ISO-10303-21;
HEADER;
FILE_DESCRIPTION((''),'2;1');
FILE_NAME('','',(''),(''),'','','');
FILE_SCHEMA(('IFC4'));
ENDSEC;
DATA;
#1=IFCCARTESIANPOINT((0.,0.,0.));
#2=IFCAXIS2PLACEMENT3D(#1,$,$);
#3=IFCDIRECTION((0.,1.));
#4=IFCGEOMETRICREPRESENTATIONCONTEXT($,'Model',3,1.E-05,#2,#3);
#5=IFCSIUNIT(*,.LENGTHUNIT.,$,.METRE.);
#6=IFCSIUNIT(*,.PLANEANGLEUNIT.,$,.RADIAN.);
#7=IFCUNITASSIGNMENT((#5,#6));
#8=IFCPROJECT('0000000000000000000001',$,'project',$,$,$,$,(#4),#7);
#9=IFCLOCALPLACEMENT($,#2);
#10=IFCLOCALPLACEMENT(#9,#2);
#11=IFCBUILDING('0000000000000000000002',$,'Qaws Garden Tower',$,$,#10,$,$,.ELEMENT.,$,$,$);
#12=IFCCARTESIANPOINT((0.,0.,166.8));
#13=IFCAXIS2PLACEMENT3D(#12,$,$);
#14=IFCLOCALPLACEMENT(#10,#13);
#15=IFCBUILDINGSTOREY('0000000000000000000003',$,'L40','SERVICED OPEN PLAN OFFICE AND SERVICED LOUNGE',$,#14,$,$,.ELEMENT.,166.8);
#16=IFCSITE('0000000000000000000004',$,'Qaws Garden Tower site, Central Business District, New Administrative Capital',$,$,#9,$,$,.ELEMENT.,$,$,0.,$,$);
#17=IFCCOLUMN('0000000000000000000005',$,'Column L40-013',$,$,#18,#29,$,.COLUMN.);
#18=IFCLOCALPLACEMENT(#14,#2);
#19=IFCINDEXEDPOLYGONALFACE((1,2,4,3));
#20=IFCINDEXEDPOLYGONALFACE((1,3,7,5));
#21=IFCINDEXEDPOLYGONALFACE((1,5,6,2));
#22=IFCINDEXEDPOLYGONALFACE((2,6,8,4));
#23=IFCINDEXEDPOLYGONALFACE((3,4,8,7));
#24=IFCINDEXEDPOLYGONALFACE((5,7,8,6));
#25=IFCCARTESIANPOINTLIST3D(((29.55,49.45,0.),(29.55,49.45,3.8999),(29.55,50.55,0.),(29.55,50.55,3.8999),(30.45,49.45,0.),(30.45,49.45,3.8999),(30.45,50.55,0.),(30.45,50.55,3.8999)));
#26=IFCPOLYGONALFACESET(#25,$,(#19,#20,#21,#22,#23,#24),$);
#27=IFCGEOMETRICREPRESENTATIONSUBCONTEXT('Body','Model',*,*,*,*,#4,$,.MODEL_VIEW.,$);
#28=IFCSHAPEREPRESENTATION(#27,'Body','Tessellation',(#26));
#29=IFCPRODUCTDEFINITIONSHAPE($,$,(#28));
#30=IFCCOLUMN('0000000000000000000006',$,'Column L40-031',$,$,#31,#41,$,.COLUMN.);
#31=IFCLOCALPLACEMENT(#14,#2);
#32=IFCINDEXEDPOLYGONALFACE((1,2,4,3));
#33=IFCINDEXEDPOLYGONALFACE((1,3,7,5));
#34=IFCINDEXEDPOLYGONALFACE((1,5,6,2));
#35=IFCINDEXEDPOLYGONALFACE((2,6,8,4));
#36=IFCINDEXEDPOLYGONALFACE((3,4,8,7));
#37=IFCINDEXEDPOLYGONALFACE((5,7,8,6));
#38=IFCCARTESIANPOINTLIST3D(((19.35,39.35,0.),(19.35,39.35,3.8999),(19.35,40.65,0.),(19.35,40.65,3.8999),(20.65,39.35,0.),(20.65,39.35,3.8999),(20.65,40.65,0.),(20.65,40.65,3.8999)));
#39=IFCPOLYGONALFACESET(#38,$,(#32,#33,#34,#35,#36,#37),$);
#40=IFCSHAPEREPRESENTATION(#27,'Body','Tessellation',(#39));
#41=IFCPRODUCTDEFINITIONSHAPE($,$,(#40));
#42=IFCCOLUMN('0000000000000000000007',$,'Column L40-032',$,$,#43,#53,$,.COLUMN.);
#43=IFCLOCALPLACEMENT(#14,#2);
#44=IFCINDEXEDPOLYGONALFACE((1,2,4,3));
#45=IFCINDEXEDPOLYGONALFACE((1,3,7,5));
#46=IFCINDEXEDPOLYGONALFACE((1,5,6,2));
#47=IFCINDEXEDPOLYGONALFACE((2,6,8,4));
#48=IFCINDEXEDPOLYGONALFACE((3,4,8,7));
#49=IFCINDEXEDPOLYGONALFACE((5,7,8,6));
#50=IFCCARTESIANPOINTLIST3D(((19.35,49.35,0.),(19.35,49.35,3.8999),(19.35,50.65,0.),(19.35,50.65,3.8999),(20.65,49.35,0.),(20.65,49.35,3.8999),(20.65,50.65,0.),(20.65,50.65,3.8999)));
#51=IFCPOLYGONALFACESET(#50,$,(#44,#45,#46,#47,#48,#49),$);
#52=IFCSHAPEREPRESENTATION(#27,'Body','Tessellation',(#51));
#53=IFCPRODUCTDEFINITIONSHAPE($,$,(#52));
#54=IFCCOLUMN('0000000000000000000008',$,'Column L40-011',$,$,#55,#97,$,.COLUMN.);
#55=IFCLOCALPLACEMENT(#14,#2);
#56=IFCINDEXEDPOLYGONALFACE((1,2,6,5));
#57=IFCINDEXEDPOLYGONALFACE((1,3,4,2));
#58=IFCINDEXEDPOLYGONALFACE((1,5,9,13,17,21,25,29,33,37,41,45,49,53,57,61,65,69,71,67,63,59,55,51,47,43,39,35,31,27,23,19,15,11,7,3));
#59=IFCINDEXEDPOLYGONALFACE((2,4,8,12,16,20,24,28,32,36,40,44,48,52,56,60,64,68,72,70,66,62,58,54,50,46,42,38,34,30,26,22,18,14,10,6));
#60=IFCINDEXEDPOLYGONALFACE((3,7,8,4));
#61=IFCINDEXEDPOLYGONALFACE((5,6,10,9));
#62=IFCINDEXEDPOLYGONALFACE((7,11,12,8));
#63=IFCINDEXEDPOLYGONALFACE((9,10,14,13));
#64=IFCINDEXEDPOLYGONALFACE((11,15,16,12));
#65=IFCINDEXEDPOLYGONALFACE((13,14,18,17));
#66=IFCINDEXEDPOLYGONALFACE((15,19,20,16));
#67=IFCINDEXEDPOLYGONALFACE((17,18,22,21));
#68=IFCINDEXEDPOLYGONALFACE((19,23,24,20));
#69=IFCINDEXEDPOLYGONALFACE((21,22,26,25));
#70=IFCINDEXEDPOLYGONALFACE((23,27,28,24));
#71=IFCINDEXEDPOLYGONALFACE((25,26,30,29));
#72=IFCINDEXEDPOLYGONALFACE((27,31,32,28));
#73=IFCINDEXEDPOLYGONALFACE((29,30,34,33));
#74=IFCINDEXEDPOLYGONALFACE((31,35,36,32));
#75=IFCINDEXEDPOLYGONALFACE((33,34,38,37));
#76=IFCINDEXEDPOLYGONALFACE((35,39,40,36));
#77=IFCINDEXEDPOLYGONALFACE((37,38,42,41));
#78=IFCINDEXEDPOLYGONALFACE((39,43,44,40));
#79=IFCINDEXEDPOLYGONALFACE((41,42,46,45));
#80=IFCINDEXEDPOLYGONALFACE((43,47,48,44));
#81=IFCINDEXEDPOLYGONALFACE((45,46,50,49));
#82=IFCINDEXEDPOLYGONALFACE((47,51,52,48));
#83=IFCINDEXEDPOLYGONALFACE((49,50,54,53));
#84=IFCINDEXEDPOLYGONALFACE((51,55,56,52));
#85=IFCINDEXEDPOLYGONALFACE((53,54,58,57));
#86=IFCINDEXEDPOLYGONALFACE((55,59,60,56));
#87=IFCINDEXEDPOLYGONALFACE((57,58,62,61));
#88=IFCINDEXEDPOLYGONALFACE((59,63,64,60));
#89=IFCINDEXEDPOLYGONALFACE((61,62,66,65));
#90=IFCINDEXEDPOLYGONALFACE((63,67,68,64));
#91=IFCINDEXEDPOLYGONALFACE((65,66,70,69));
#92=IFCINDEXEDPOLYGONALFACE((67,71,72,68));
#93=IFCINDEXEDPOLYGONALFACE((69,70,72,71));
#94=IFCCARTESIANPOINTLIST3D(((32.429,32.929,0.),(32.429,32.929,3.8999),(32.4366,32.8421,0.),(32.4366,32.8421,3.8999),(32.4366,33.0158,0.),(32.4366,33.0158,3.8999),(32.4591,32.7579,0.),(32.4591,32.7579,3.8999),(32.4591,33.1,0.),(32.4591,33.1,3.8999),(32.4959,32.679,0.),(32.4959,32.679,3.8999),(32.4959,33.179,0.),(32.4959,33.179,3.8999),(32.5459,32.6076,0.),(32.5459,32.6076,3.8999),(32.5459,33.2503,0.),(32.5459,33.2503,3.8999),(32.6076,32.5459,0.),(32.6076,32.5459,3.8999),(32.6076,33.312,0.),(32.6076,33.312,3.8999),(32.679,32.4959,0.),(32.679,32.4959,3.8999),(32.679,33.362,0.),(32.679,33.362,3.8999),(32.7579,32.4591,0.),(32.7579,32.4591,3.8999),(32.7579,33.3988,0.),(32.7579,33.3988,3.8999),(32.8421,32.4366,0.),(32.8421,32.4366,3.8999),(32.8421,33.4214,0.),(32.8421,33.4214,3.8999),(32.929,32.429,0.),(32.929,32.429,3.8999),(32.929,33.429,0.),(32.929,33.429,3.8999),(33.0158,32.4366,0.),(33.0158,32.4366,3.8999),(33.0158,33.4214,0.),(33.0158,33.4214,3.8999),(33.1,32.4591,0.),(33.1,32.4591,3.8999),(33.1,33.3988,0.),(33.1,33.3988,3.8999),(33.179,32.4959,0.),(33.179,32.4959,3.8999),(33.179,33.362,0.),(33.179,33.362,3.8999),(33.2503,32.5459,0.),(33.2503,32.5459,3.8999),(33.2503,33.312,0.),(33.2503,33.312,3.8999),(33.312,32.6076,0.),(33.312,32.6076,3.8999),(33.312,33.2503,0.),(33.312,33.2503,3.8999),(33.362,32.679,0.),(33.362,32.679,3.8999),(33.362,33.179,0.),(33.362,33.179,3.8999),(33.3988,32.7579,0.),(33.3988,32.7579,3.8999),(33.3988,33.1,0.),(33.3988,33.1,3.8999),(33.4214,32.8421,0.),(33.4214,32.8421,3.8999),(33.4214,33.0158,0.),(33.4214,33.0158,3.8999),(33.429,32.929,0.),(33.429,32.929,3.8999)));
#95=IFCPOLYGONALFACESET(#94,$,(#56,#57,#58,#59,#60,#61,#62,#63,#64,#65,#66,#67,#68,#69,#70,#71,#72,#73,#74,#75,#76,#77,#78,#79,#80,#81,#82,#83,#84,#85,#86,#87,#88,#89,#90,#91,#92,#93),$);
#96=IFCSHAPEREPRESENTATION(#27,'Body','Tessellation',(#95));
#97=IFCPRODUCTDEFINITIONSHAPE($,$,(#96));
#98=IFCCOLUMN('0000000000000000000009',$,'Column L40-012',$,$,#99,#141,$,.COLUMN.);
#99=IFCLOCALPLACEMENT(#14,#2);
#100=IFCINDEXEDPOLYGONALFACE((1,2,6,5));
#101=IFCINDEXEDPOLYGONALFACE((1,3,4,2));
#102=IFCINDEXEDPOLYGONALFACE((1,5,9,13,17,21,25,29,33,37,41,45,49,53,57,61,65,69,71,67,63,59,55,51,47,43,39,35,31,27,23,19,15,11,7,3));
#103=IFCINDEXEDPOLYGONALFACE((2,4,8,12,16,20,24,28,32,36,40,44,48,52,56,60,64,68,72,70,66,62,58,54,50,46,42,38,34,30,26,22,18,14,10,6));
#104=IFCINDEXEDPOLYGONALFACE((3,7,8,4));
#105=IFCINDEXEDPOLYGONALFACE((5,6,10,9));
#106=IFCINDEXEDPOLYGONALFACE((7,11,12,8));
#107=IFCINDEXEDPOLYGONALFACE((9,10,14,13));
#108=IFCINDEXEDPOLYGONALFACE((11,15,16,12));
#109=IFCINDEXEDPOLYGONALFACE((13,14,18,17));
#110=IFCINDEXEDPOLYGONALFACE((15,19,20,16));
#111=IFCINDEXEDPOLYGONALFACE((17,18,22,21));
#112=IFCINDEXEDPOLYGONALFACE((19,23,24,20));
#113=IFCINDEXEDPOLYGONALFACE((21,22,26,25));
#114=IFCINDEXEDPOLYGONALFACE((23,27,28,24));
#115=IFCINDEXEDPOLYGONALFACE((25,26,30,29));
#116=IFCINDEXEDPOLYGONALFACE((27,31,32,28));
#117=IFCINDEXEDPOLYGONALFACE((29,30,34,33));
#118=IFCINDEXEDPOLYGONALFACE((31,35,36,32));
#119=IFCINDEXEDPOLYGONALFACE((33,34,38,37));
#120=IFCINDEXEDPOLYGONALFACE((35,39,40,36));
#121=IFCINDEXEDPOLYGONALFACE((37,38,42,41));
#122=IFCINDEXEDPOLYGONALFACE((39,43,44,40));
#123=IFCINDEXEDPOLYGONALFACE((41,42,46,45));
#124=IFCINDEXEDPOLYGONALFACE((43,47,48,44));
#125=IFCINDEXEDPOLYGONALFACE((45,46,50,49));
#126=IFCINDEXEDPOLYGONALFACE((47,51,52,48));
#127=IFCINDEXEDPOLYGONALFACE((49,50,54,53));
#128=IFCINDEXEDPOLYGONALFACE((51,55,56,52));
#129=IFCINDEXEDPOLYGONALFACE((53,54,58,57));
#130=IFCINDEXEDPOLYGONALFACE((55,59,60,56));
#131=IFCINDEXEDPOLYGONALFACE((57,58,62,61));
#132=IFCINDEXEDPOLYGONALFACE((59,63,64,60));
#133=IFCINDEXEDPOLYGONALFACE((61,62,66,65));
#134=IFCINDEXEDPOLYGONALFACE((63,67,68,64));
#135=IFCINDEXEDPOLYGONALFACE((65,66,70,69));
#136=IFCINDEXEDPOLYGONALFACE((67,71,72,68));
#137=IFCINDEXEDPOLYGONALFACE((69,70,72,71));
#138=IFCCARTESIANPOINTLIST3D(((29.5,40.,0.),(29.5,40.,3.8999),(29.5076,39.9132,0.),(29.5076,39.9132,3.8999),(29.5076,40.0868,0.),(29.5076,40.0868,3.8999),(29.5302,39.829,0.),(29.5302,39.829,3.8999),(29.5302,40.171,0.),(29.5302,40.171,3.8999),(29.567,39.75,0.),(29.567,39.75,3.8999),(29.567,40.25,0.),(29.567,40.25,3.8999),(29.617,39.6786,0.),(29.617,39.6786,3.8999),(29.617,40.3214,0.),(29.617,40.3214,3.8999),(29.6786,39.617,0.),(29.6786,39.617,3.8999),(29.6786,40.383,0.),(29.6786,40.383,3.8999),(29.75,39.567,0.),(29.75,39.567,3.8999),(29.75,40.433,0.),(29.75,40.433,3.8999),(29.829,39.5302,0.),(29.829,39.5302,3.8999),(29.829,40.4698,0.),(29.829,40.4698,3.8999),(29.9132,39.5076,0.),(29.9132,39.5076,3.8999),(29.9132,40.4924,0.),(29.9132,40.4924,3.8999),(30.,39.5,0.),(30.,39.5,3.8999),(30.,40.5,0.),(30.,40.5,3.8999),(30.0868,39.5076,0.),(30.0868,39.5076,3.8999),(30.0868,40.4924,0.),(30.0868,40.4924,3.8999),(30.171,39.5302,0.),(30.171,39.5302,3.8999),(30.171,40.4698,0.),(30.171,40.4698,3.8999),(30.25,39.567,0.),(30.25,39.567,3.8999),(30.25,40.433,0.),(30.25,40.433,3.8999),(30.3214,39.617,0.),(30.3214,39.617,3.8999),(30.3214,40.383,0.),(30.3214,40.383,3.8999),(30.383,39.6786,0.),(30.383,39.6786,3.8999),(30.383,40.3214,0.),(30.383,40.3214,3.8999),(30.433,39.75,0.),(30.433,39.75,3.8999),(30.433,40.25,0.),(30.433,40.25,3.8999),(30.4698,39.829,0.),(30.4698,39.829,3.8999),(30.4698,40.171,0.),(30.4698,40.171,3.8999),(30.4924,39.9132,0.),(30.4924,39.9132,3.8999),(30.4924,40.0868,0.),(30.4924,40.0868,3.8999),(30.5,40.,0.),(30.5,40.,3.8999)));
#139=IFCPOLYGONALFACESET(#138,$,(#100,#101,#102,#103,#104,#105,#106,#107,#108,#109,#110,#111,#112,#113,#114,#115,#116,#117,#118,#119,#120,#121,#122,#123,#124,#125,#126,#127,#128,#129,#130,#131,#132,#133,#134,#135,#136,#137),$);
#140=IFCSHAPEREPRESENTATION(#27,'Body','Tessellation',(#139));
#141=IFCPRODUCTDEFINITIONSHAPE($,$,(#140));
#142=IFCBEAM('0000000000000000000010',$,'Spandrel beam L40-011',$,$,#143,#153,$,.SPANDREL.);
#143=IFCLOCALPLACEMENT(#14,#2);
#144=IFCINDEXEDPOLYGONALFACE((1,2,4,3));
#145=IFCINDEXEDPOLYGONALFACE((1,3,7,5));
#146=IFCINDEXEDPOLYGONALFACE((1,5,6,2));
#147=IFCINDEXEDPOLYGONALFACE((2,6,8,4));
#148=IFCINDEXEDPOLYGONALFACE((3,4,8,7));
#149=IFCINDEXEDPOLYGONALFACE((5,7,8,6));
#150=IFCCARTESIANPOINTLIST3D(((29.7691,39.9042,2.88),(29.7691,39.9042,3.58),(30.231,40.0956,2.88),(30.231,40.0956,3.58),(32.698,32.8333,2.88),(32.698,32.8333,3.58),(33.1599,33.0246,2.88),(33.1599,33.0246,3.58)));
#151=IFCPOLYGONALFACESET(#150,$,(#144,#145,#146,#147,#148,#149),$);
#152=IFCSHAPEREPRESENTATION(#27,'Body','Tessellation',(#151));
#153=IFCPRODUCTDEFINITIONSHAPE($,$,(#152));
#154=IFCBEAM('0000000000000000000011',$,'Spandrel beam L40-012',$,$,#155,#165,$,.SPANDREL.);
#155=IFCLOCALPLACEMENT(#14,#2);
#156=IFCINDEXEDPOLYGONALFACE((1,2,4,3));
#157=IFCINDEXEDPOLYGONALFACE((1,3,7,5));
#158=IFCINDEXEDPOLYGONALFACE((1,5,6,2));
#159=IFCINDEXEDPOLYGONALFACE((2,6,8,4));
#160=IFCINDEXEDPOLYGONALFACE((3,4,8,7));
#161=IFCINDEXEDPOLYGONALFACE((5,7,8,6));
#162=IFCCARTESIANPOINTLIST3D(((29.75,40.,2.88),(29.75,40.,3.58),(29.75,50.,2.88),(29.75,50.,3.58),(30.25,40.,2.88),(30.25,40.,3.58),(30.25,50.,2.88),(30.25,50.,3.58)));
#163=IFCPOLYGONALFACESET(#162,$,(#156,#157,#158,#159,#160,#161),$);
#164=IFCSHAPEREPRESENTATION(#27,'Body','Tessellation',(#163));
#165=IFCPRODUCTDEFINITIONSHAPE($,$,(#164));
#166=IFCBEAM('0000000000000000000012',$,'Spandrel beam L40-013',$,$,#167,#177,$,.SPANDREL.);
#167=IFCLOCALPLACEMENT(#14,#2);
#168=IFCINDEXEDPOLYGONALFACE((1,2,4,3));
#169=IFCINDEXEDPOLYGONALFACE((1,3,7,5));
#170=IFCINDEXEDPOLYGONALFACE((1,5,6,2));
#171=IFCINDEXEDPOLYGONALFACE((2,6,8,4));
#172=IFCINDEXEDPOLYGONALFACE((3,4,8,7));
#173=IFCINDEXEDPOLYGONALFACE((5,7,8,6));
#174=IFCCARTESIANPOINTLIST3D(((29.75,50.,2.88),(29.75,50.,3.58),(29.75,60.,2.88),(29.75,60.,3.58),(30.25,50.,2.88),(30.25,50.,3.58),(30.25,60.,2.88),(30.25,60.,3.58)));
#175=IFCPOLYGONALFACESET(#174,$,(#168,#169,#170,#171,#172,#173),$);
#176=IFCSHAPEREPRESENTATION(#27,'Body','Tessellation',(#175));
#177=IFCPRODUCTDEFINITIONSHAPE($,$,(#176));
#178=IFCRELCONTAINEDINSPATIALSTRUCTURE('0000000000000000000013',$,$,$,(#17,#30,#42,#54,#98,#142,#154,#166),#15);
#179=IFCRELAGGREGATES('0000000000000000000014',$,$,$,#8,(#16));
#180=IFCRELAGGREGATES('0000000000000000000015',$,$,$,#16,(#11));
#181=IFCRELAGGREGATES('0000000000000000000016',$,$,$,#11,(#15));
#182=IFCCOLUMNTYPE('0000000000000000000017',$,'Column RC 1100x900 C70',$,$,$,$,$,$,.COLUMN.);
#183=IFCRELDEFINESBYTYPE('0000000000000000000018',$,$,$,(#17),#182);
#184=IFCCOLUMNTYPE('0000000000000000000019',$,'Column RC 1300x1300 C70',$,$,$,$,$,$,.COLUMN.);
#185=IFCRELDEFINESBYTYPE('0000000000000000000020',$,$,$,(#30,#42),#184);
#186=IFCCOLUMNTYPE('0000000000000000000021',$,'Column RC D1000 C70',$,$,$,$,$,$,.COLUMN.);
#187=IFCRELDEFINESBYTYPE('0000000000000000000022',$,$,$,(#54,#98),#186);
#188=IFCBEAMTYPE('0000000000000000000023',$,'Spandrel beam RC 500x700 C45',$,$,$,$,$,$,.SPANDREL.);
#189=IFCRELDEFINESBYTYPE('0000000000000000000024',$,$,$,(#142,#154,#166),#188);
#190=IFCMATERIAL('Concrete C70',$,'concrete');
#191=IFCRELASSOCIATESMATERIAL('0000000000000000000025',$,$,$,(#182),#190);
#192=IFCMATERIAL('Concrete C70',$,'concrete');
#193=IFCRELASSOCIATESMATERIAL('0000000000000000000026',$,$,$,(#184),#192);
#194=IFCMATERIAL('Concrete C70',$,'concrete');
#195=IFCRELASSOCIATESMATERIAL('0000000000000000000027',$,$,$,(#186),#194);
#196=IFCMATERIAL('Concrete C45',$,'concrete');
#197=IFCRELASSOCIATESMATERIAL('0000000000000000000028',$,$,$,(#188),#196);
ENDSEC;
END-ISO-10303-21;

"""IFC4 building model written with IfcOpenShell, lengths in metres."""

from ifc_helpers import new_model, si_unit, direction, frame, origin, origin_2d, place, context, subcontext, project, spatial, rectangle, circle, extrude, material, material_profile, profile_set, type_object, element, save


model = new_model("IFC4")

# Units and contexts
model_context = context("Model", 3, precision=1e-05, world=origin(), true_north=direction((0.0, 1.0)))
body_context = subcontext(model_context, "Body", "Model", "MODEL_VIEW")
ifc_project = project(units=[si_unit("LENGTHUNIT", "METRE"), si_unit("PLANEANGLEUNIT", "RADIAN")], contexts=[model_context])

# Site, building, storey
site_placement = place(None, origin())
site = spatial("IfcSite", under=ifc_project, at=site_placement, Name="Qaws Garden Tower site, Central Business District, New Administrative Capital", CompositionType="ELEMENT", RefElevation=0.0)
building_placement = place(site_placement, origin())
building = spatial("IfcBuilding", under=site, at=building_placement, Name="Qaws Garden Tower", CompositionType="ELEMENT")
storey_placement = place(building_placement, frame((0.0, 0.0, 166.8)))
storey = spatial("IfcBuildingStorey", under=building, at=storey_placement, Name="L40", Description="SERVICED OPEN PLAN OFFICE AND SERVICED LOUNGE", CompositionType="ELEMENT", Elevation=166.8)

# Columns
ifc_material_1 = material(Name="Concrete C70", Category="concrete")
ifc_material_profile_1 = material_profile(ifc_material_1, rectangle(XDim=1.1001, YDim=0.8999, at=origin_2d()), Name="RC 1100x900")
ifc_profile_set_1 = profile_set([ifc_material_profile_1], Name="Concrete C70")
column_type_1 = type_object("IfcColumnType", Name="Column RC 1100x900 C70", PredefinedType="COLUMN", material=ifc_profile_set_1)
column_placement = place(storey_placement, frame((30.0, 50.0, 0.0), z_axis=(0.0, 0.0, 1.0), x_axis=(0.0, 1.0, 0.0)))
element("IfcColumn", 1, at=column_placement, inside=storey, type_object=column_type_1, Name="Column L40-013", PredefinedType="COLUMN", context=body_context, shape_type="SweptSolid", body=[
    extrude(rectangle(XDim=1.1001, YDim=0.8999, at=origin_2d()), origin(), (0.0, 0.0, 1.0), 3.8999),
])
ifc_material_2 = material(Name="Concrete C70", Category="concrete")
ifc_material_profile_2 = material_profile(ifc_material_2, rectangle(XDim=1.3, YDim=1.3, at=origin_2d()), Name="RC 1300x1300")
ifc_profile_set_2 = profile_set([ifc_material_profile_2], Name="Concrete C70")
column_type_2 = type_object("IfcColumnType", Name="Column RC 1300x1300 C70", PredefinedType="COLUMN", material=ifc_profile_set_2)
for number, where, z_axis, x_axis, name in (
    (2, (20.0, 40.0, 0.0), (0.0, 0.0, 1.0), (1.0, 0.0, 0.0), "Column L40-031"),
    (3, (20.0, 50.0, 0.0), (0.0, 0.0, 1.0), (1.0, 0.0, 0.0), "Column L40-032"),
):
    element("IfcColumn", number, at=place(storey_placement, frame(where, z_axis=z_axis, x_axis=x_axis)), inside=storey, type_object=column_type_2, Name=name, PredefinedType="COLUMN", context=body_context, shape_type="SweptSolid", body=[
        extrude(rectangle(XDim=1.3, YDim=1.3, at=origin_2d()), origin(), (0.0, 0.0, 1.0), 3.8999),
    ])
ifc_material_3 = material(Name="Concrete C70", Category="concrete")
ifc_material_profile_3 = material_profile(ifc_material_3, circle(Radius=0.5, at=origin_2d()), Name="RC D1000")
ifc_profile_set_3 = profile_set([ifc_material_profile_3], Name="Concrete C70")
column_type_3 = type_object("IfcColumnType", Name="Column RC D1000 C70", PredefinedType="COLUMN", material=ifc_profile_set_3)
for number, where, z_axis, x_axis, name in (
    (4, (32.929, 32.929, 0.0), (0.0, 0.0, 1.0), (1.0, 0.0, 0.0), "Column L40-011"),
    (5, (30.0, 40.0, 0.0), (0.0, 0.0, 1.0), (1.0, 0.0, 0.0), "Column L40-012"),
):
    element("IfcColumn", number, at=place(storey_placement, frame(where, z_axis=z_axis, x_axis=x_axis)), inside=storey, type_object=column_type_3, Name=name, PredefinedType="COLUMN", context=body_context, shape_type="SweptSolid", body=[
        extrude(circle(Radius=0.5, at=origin_2d()), origin(), (0.0, 0.0, 1.0), 3.8999),
    ])

# Beams
ifc_material_4 = material(Name="Concrete C45", Category="concrete")
ifc_material_profile_4 = material_profile(ifc_material_4, rectangle(XDim=0.5, YDim=0.7, at=origin_2d()), Name="RC 500x700")
ifc_profile_set_4 = profile_set([ifc_material_profile_4], Name="Concrete C45")
beam_type = type_object("IfcBeamType", Name="Spandrel beam RC 500x700 C45", PredefinedType="SPANDREL", material=ifc_profile_set_4)
beam_placement = place(storey_placement, frame((32.929, 32.929, 3.23), z_axis=(-0.382687, 0.923878, 0.0), x_axis=(-0.923878, -0.382687, 0.0)))
element("IfcBeam", 6, at=beam_placement, inside=storey, type_object=beam_type, Name="Spandrel beam L40-011", PredefinedType="SPANDREL", context=body_context, shape_type="SweptSolid", body=[
    extrude(rectangle(XDim=0.5, YDim=0.7, at=origin_2d()), origin(), (0.0, 0.0, 1.0), 7.6536),
])
for number, where, z_axis, x_axis, name in (
    (7, (30.0, 40.0, 3.23), (0.0, 1.0, 0.0), (-1.0, 0.0, 0.0), "Spandrel beam L40-012"),
    (8, (30.0, 50.0, 3.23), (0.0, 1.0, 0.0), (-1.0, 0.0, 0.0), "Spandrel beam L40-013"),
):
    element("IfcBeam", number, at=place(storey_placement, frame(where, z_axis=z_axis, x_axis=x_axis)), inside=storey, type_object=beam_type, Name=name, PredefinedType="SPANDREL", context=body_context, shape_type="SweptSolid", body=[
        extrude(rectangle(XDim=0.5, YDim=0.7, at=origin_2d()), origin(), (0.0, 0.0, 1.0), 10.0),
    ])

save(model, "model.ifc")
